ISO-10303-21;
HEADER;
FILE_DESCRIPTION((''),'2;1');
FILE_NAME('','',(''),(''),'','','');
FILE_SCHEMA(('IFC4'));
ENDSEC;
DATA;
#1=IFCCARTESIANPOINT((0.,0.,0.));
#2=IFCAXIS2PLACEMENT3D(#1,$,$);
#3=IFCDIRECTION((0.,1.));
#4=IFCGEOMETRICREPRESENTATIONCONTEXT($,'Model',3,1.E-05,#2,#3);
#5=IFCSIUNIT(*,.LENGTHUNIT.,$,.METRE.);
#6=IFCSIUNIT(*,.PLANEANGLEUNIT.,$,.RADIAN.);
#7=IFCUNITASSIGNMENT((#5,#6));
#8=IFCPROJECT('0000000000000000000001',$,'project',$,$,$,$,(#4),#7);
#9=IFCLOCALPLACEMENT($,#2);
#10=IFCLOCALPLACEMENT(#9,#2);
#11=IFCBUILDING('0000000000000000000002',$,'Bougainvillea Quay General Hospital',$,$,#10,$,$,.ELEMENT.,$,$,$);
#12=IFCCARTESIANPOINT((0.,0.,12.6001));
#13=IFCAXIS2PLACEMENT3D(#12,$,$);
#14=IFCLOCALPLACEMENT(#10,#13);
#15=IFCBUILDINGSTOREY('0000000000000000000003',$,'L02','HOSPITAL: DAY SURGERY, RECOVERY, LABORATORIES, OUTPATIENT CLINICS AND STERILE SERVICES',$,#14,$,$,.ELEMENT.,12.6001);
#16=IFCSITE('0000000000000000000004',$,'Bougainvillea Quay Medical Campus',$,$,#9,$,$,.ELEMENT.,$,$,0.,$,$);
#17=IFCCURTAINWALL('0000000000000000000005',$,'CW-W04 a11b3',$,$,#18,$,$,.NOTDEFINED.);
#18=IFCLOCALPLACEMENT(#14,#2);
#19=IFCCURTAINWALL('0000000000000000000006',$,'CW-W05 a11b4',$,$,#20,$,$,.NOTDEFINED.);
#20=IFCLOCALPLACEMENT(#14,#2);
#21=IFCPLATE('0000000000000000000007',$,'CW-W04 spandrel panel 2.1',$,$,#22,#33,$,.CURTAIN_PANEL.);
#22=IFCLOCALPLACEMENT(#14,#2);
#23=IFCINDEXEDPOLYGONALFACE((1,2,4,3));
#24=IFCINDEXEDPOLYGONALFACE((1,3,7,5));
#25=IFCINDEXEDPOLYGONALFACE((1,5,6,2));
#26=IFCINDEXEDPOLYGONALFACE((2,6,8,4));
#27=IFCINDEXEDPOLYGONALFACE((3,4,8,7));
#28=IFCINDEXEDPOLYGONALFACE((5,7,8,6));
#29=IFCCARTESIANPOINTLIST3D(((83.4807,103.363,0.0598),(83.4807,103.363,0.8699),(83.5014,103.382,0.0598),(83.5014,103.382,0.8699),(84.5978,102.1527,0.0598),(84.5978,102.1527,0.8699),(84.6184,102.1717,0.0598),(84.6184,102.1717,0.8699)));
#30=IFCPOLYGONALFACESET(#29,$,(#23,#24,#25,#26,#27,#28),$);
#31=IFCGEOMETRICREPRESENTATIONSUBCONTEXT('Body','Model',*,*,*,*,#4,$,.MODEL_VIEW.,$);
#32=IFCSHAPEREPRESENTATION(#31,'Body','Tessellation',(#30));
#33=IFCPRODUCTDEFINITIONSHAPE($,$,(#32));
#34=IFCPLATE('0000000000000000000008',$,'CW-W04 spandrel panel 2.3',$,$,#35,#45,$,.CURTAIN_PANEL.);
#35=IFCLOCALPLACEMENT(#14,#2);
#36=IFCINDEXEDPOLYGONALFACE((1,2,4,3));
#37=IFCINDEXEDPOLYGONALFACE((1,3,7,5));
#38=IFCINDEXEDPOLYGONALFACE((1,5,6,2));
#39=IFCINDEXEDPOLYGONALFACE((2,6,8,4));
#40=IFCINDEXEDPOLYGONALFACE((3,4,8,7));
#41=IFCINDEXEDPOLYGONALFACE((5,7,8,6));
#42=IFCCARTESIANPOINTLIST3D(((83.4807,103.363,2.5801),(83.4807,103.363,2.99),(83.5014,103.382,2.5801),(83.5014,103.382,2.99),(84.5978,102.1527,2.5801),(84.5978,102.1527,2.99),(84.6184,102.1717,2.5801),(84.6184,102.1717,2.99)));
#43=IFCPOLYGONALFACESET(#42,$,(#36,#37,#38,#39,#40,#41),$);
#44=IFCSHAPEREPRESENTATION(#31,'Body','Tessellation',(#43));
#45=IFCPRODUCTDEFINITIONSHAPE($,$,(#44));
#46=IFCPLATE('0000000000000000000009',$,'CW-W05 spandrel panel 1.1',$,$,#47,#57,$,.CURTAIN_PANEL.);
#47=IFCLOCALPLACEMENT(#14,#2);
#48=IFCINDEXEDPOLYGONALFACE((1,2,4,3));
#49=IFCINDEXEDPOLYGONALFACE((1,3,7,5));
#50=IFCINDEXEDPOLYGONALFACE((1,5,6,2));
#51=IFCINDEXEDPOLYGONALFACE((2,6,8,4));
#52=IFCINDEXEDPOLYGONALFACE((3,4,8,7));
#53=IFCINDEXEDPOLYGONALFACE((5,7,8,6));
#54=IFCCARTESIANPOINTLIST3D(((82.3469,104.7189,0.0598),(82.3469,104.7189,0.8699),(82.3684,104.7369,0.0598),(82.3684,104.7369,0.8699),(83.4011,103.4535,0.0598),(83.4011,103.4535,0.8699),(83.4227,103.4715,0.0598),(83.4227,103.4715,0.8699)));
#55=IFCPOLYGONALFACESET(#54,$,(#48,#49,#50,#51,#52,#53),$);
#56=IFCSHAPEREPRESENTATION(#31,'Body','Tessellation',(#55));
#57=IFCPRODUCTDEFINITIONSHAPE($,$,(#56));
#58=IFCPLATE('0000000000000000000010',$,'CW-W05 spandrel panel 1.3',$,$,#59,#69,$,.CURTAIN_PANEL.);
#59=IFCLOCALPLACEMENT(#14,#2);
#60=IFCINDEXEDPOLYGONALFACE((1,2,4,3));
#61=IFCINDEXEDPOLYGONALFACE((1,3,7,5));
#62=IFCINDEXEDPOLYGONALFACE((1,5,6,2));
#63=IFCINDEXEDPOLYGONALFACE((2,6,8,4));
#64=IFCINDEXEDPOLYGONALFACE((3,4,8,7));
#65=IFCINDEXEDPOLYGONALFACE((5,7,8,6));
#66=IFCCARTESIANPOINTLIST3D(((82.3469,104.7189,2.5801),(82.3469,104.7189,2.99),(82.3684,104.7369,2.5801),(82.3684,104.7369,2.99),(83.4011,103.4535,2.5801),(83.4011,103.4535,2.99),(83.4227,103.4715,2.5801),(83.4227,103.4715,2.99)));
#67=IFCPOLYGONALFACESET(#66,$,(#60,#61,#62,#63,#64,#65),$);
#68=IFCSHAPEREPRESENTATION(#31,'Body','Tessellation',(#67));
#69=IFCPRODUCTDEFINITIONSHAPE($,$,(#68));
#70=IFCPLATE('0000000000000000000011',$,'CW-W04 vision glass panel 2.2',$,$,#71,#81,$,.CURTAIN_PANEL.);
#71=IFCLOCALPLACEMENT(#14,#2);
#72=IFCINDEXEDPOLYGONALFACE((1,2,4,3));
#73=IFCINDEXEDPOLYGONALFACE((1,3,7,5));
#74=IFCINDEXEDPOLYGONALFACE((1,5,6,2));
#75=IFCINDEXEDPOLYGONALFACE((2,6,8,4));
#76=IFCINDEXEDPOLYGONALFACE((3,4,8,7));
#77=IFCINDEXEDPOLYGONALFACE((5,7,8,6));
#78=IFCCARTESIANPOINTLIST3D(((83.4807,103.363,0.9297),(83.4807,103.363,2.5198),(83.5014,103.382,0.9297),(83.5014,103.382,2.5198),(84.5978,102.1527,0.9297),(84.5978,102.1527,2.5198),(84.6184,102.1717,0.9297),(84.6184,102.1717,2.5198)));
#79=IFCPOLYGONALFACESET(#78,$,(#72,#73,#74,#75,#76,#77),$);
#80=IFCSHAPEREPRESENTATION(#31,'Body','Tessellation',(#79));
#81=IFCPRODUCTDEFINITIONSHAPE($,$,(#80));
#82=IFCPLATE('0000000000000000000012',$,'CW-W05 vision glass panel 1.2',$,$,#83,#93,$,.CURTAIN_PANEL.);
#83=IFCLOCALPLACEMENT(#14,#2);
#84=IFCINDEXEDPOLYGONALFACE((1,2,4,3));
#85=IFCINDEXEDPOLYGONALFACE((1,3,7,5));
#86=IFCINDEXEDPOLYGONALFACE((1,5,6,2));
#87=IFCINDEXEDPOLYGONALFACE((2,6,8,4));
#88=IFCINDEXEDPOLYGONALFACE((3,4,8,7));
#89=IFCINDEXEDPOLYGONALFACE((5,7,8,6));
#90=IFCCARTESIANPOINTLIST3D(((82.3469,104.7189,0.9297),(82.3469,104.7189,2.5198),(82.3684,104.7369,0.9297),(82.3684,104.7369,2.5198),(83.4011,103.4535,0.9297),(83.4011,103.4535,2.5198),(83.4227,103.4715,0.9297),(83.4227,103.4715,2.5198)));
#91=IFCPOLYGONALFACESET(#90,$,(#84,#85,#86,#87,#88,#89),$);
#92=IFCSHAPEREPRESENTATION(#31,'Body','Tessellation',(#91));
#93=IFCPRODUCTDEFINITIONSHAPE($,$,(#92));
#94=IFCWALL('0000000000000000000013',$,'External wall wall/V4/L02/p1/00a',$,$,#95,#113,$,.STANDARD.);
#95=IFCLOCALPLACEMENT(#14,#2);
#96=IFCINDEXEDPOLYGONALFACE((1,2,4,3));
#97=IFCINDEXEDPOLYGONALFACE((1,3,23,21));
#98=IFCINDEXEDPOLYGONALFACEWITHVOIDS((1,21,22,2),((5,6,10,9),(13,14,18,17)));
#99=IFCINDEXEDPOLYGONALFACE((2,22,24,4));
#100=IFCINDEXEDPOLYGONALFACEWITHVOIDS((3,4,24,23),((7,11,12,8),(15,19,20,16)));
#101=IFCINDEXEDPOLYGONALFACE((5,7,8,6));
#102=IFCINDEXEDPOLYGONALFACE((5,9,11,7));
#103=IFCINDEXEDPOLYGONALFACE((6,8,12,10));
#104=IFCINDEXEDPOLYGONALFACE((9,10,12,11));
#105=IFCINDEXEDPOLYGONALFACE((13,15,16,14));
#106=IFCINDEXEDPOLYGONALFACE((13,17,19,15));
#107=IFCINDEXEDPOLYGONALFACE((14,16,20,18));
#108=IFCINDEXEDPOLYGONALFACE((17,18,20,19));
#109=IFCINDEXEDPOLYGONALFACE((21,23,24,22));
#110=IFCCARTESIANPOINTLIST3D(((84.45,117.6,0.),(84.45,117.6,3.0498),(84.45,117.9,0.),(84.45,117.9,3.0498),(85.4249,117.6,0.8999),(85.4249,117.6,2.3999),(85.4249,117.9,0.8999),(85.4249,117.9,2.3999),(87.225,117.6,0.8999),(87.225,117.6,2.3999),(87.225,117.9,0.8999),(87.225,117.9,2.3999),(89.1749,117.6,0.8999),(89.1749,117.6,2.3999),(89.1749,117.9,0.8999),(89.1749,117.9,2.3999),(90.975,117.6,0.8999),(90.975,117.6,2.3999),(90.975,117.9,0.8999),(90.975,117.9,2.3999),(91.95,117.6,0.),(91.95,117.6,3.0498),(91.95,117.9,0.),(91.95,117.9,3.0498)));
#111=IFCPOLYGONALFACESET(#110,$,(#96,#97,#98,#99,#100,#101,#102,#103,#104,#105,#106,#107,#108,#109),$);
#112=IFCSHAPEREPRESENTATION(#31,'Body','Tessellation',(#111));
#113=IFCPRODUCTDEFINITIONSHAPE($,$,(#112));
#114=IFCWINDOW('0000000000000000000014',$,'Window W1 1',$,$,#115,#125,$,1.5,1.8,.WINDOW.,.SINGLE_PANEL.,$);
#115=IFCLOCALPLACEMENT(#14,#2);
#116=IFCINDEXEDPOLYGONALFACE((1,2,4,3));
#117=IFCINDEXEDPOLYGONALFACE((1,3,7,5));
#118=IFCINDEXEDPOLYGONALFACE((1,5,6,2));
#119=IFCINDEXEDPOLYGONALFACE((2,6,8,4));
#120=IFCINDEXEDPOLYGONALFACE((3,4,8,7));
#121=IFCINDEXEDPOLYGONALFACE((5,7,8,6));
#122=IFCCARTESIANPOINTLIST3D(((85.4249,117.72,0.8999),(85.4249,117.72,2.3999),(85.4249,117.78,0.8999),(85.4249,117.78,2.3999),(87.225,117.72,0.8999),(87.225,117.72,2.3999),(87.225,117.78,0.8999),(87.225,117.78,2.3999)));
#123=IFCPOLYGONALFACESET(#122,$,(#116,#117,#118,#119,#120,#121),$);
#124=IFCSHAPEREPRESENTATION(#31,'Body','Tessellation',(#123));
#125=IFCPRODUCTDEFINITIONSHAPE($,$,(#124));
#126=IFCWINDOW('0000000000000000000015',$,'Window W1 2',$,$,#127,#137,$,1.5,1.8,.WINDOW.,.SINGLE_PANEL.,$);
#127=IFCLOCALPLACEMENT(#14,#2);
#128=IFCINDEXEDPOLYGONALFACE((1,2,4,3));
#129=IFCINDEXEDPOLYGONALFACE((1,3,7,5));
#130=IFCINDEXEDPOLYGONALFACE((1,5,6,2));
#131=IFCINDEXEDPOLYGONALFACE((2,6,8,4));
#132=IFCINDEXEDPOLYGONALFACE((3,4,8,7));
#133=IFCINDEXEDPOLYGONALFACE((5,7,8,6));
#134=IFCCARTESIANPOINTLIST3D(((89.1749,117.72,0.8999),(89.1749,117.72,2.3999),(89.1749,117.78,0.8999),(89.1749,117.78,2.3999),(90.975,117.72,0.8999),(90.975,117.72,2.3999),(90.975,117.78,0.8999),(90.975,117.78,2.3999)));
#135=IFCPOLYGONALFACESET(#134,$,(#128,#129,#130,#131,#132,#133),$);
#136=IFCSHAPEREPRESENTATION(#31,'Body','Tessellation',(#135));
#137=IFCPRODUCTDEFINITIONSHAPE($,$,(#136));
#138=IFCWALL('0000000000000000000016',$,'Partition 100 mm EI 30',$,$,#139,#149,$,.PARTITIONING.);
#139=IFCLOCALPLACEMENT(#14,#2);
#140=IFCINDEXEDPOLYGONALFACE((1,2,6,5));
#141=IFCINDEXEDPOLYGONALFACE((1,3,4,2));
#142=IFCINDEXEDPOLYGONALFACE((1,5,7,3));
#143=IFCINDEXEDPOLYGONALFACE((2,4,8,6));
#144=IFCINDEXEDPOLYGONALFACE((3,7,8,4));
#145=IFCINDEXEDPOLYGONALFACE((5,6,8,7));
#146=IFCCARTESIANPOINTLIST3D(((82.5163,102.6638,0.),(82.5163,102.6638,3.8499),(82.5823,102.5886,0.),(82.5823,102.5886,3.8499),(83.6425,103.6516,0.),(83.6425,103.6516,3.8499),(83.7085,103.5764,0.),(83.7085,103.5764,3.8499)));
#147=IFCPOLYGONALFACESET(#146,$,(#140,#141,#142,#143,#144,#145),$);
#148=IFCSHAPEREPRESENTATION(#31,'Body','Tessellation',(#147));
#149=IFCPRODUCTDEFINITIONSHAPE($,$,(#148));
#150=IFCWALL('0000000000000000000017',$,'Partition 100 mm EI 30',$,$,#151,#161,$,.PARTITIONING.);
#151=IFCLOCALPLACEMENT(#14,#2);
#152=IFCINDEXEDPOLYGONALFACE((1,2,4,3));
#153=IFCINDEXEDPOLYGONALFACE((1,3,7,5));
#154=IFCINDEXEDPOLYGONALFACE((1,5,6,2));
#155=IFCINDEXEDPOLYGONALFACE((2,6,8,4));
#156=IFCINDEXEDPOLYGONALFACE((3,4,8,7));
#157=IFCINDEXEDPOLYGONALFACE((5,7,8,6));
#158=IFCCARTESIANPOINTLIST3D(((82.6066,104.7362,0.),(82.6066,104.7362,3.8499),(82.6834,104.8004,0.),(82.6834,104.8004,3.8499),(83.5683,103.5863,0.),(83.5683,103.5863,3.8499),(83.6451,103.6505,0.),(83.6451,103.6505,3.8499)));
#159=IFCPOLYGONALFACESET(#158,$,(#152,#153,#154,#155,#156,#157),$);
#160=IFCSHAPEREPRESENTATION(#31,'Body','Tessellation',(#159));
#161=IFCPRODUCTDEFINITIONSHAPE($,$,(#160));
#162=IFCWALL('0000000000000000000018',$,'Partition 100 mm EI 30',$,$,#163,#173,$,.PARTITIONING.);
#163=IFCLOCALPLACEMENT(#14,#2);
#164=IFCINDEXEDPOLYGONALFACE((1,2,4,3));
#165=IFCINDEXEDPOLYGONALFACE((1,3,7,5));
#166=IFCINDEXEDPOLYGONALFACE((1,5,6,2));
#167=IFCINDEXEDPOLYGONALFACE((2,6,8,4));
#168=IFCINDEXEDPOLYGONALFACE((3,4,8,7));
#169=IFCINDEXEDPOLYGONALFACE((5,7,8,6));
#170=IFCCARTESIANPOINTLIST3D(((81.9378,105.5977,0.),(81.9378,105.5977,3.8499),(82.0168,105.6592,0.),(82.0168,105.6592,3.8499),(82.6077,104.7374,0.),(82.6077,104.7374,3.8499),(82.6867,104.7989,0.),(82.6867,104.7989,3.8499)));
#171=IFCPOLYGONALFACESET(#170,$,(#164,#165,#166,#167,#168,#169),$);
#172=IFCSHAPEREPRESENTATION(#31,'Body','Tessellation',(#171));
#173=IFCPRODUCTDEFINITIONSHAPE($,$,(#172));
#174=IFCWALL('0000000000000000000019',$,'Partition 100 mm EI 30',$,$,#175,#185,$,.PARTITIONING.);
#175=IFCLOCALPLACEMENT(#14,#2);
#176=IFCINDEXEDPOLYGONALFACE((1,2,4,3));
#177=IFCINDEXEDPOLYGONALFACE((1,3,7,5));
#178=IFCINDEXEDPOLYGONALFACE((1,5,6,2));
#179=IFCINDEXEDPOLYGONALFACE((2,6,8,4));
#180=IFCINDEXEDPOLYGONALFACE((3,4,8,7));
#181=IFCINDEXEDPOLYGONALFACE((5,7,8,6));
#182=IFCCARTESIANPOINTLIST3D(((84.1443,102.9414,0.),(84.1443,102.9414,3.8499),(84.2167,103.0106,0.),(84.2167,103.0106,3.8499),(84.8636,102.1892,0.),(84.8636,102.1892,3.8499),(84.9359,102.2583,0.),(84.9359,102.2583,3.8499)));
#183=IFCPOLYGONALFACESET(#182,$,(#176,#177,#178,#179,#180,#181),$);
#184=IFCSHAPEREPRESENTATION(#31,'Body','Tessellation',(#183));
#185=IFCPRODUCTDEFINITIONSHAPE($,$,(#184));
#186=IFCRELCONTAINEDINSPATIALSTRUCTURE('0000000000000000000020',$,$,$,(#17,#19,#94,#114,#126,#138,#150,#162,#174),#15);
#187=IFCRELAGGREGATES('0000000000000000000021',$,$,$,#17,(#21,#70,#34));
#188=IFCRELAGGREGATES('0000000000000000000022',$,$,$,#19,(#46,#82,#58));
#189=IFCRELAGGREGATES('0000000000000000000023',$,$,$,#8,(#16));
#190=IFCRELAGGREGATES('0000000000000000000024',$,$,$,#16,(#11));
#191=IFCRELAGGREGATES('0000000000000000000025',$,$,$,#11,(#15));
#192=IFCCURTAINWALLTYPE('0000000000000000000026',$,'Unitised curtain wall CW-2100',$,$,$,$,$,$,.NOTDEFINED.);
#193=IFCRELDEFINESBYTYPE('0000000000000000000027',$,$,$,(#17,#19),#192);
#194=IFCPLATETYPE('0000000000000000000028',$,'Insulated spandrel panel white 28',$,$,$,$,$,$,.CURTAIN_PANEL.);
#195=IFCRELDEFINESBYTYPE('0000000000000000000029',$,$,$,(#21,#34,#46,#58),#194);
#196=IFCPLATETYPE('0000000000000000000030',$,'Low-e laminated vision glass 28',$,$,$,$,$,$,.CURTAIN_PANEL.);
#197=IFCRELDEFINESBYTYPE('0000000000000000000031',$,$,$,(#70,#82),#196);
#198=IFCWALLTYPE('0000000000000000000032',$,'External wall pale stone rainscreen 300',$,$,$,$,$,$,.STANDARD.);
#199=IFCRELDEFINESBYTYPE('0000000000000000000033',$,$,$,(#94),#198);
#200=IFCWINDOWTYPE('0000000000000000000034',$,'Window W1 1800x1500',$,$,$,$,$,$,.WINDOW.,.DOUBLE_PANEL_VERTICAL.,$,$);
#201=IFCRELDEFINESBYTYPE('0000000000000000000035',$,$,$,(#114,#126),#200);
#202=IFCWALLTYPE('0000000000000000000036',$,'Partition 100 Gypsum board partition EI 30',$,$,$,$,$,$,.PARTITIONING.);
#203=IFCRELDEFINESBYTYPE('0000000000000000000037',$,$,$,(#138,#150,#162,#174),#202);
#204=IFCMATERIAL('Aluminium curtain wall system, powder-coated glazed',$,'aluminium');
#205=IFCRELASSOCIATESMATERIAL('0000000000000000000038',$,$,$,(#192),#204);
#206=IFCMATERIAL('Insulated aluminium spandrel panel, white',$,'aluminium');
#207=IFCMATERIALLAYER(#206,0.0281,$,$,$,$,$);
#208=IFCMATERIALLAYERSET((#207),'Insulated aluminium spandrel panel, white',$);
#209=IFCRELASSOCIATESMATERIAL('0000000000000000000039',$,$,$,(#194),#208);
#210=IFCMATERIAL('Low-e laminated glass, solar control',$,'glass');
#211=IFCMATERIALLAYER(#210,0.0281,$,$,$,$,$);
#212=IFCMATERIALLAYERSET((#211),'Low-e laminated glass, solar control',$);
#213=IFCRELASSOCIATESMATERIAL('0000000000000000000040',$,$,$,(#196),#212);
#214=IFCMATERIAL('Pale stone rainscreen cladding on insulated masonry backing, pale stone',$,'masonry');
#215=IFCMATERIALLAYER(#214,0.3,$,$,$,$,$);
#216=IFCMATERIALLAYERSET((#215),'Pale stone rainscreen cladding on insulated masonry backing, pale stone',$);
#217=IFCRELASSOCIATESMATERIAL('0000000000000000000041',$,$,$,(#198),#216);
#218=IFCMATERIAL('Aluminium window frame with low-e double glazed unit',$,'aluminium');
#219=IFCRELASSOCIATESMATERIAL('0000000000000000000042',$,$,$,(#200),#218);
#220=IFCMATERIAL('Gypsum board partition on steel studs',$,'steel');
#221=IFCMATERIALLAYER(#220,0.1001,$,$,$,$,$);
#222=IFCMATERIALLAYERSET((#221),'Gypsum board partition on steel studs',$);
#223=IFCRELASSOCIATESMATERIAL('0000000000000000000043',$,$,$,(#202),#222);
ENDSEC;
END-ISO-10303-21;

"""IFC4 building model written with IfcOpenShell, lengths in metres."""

from ifc_helpers import new_model, si_unit, direction, frame, frame_2d, origin, origin_2d, place, context, subcontext, project, spatial, rectangle, extrude, material, layer, layer_set, type_object, element, fill, aggregate, save


model = new_model("IFC4")

# Units and contexts
model_context = context("Model", 3, precision=1e-05, world=origin(), true_north=direction((0.0, 1.0)))
body_context = subcontext(model_context, "Body", "Model", "MODEL_VIEW")
ifc_project = project(units=[si_unit("LENGTHUNIT", "METRE"), si_unit("PLANEANGLEUNIT", "RADIAN")], contexts=[model_context])

# Site, building, storey
site_placement = place(None, origin())
site = spatial("IfcSite", under=ifc_project, at=site_placement, Name="Bougainvillea Quay Medical Campus", CompositionType="ELEMENT", RefElevation=0.0)
building_placement = place(site_placement, origin())
building = spatial("IfcBuilding", under=site, at=building_placement, Name="Bougainvillea Quay General Hospital", CompositionType="ELEMENT")
storey_placement = place(building_placement, frame((0.0, 0.0, 12.6001)))
storey = spatial("IfcBuildingStorey", under=building, at=storey_placement, Name="L02", Description="HOSPITAL: DAY SURGERY, RECOVERY, LABORATORIES, OUTPATIENT CLINICS AND STERILE SERVICES", CompositionType="ELEMENT", Elevation=12.6001)

# Curtain wall
ifc_material_1 = material(Name="Aluminium curtain wall system, powder-coated glazed", Category="aluminium")
curtain_wall_type = type_object("IfcCurtainWallType", Name="Unitised curtain wall CW-2100", PredefinedType="NOTDEFINED", material=ifc_material_1)
curtain_wall_1_placement = place(storey_placement, origin())
curtain_wall_1 = element("IfcCurtainWall", 1, at=curtain_wall_1_placement, inside=storey, type_object=curtain_wall_type, Name="CW-W04 a11b3", PredefinedType="NOTDEFINED")

# Curtain wall
curtain_wall_2_placement = place(storey_placement, origin())
curtain_wall_2 = element("IfcCurtainWall", 2, at=curtain_wall_2_placement, inside=storey, type_object=curtain_wall_type, Name="CW-W05 a11b4", PredefinedType="NOTDEFINED")

# Plates
ifc_material_2 = material(Name="Insulated aluminium spandrel panel, white", Category="aluminium")
ifc_layer_1 = layer(ifc_material_2, 0.0281)
ifc_layer_set_1 = layer_set([ifc_layer_1], Name="Insulated aluminium spandrel panel, white")
plate_type_1 = type_object("IfcPlateType", Name="Insulated spandrel panel white 28", PredefinedType="CURTAIN_PANEL", material=ifc_layer_set_1)
plate_1_placement = place(storey_placement, frame((84.0496, 102.7673, 0.0598), z_axis=(0.0, 0.0, 1.0), x_axis=(-0.678224, 0.734855, 0.0)))
plate_1 = element("IfcPlate", 3, at=plate_1_placement, type_object=plate_type_1, Name="CW-W04 spandrel panel 2.1", PredefinedType="CURTAIN_PANEL", context=body_context, shape_type="SweptSolid", body=[
    extrude(rectangle(XDim=1.647, YDim=0.0281, at=origin_2d()), origin(), (0.0, 0.0, 1.0), 0.8101),
])
plate_2_placement = place(storey_placement, frame((84.0496, 102.7673, 2.5801), z_axis=(0.0, 0.0, 1.0), x_axis=(-0.678224, 0.734855, 0.0)))
plate_2 = element("IfcPlate", 4, at=plate_2_placement, type_object=plate_type_1, Name="CW-W04 spandrel panel 2.3", PredefinedType="CURTAIN_PANEL", context=body_context, shape_type="SweptSolid", body=[
    extrude(rectangle(XDim=1.647, YDim=0.0281, at=origin_2d()), origin(), (0.0, 0.0, 1.0), 0.4099),
])
plate_3_placement = place(storey_placement, frame((82.8848, 104.0952, 0.0598), z_axis=(0.0, 0.0, 1.0), x_axis=(-0.640096, 0.768295, 0.0)))
plate_3 = element("IfcPlate", 5, at=plate_3_placement, type_object=plate_type_1, Name="CW-W05 spandrel panel 1.1", PredefinedType="CURTAIN_PANEL", context=body_context, shape_type="SweptSolid", body=[
    extrude(rectangle(XDim=1.647, YDim=0.0281, at=origin_2d()), origin(), (0.0, 0.0, 1.0), 0.8101),
])
plate_4_placement = place(storey_placement, frame((82.8848, 104.0952, 2.5801), z_axis=(0.0, 0.0, 1.0), x_axis=(-0.640096, 0.768295, 0.0)))
plate_4 = element("IfcPlate", 6, at=plate_4_placement, type_object=plate_type_1, Name="CW-W05 spandrel panel 1.3", PredefinedType="CURTAIN_PANEL", context=body_context, shape_type="SweptSolid", body=[
    extrude(rectangle(XDim=1.647, YDim=0.0281, at=origin_2d()), origin(), (0.0, 0.0, 1.0), 0.4099),
])
ifc_material_3 = material(Name="Low-e laminated glass, solar control", Category="glass")
ifc_layer_2 = layer(ifc_material_3, 0.0281)
ifc_layer_set_2 = layer_set([ifc_layer_2], Name="Low-e laminated glass, solar control")
plate_type_2 = type_object("IfcPlateType", Name="Low-e laminated vision glass 28", PredefinedType="CURTAIN_PANEL", material=ifc_layer_set_2)
plate_5_placement = place(storey_placement, frame((84.0496, 102.7673, 0.9297), z_axis=(0.0, 0.0, 1.0), x_axis=(-0.678224, 0.734855, 0.0)))
plate_5 = element("IfcPlate", 7, at=plate_5_placement, type_object=plate_type_2, Name="CW-W04 vision glass panel 2.2", PredefinedType="CURTAIN_PANEL", context=body_context, shape_type="SweptSolid", body=[
    extrude(rectangle(XDim=1.647, YDim=0.0281, at=origin_2d()), origin(), (0.0, 0.0, 1.0), 1.5901),
])
aggregate(curtain_wall_1, [plate_1, plate_5, plate_2])
plate_6_placement = place(storey_placement, frame((82.8848, 104.0952, 0.9297), z_axis=(0.0, 0.0, 1.0), x_axis=(-0.640096, 0.768295, 0.0)))
plate_6 = element("IfcPlate", 8, at=plate_6_placement, type_object=plate_type_2, Name="CW-W05 vision glass panel 1.2", PredefinedType="CURTAIN_PANEL", context=body_context, shape_type="SweptSolid", body=[
    extrude(rectangle(XDim=1.647, YDim=0.0281, at=origin_2d()), origin(), (0.0, 0.0, 1.0), 1.5901),
])
aggregate(curtain_wall_2, [plate_3, plate_6, plate_4])

# Wall, openings, windows
ifc_material_4 = material(Name="Pale stone rainscreen cladding on insulated masonry backing, pale stone", Category="masonry")
ifc_layer_3 = layer(ifc_material_4, 0.3)
ifc_layer_set_3 = layer_set([ifc_layer_3], Name="Pale stone rainscreen cladding on insulated masonry backing, pale stone")
wall_type_1 = type_object("IfcWallType", Name="External wall pale stone rainscreen 300", PredefinedType="STANDARD", material=ifc_layer_set_3)
wall_1_placement = place(storey_placement, frame((84.45, 117.75, 0.0), z_axis=(0.0, 0.0, 1.0), x_axis=(1.0, 0.0, 0.0)))
wall_1 = element("IfcWall", 9, at=wall_1_placement, inside=storey, type_object=wall_type_1, Name="External wall wall/V4/L02/p1/00a", PredefinedType="STANDARD", context=body_context, shape_type="SweptSolid", body=[
    extrude(rectangle(XDim=7.5, YDim=0.3, at=frame_2d((3.75, 0.0))), origin(), (0.0, 0.0, 1.0), 3.0498),
])
opening_1_placement = place(wall_1_placement, frame((0.9751, 0.0, 0.8999)))
opening_1 = element("IfcOpeningElement", 10, at=opening_1_placement, cuts=wall_1, PredefinedType="OPENING", context=body_context, shape_type="SweptSolid", body=[
    extrude(rectangle(XDim=1.8, YDim=1.5, at=frame_2d((0.8999, 0.75))), frame((0.0, 0.1599, 0.0), z_axis=(0.0, -1.0, 0.0), x_axis=(1.0, 0.0, 0.0)), (0.0, 0.0, 1.0), 0.3201),
])
opening_2_placement = place(wall_1_placement, frame((4.7251, 0.0, 0.8999)))
opening_2 = element("IfcOpeningElement", 11, at=opening_2_placement, cuts=wall_1, PredefinedType="OPENING", context=body_context, shape_type="SweptSolid", body=[
    extrude(rectangle(XDim=1.8, YDim=1.5, at=frame_2d((0.8999, 0.75))), frame((0.0, 0.1599, 0.0), z_axis=(0.0, -1.0, 0.0), x_axis=(1.0, 0.0, 0.0)), (0.0, 0.0, 1.0), 0.3201),
])
ifc_material_5 = material(Name="Aluminium window frame with low-e double glazed unit", Category="aluminium")
window_type = type_object("IfcWindowType", Name="Window W1 1800x1500", PartitioningType="DOUBLE_PANEL_VERTICAL", PredefinedType="WINDOW", material=ifc_material_5)
window_1_placement = place(opening_1_placement, origin())
window_1 = element("IfcWindow", 12, at=window_1_placement, inside=storey, type_object=window_type, Name="Window W1 1", OverallHeight=1.5, OverallWidth=1.8, PartitioningType="SINGLE_PANEL", PredefinedType="WINDOW", context=body_context, shape_type="SweptSolid", body=[
    extrude(rectangle(XDim=1.8, YDim=1.5, at=frame_2d((0.8999, 0.75))), frame((0.0, 0.03, 0.0), z_axis=(0.0, -1.0, 0.0), x_axis=(1.0, 0.0, 0.0)), (0.0, 0.0, 1.0), 0.0601),
])
fill(opening_1, window_1)
window_2_placement = place(opening_2_placement, origin())
window_2 = element("IfcWindow", 13, at=window_2_placement, inside=storey, type_object=window_type, Name="Window W1 2", OverallHeight=1.5, OverallWidth=1.8, PartitioningType="SINGLE_PANEL", PredefinedType="WINDOW", context=body_context, shape_type="SweptSolid", body=[
    extrude(rectangle(XDim=1.8, YDim=1.5, at=frame_2d((0.8999, 0.75))), frame((0.0, 0.03, 0.0), z_axis=(0.0, -1.0, 0.0), x_axis=(1.0, 0.0, 0.0)), (0.0, 0.0, 1.0), 0.0601),
])
fill(opening_2, window_2)

# Walls
ifc_material_6 = material(Name="Gypsum board partition on steel studs", Category="steel")
ifc_layer_4 = layer(ifc_material_6, 0.1001)
ifc_layer_set_4 = layer_set([ifc_layer_4], Name="Gypsum board partition on steel studs")
wall_type_2 = type_object("IfcWallType", Name="Partition 100 Gypsum board partition EI 30", PredefinedType="PARTITIONING", material=ifc_layer_set_4)
wall_2_placement = place(storey_placement, frame((82.5493, 102.6262, 0.0), z_axis=(0.0, 0.0, 1.0), x_axis=(0.751799, 0.659393, 0.0)))
element("IfcWall", 14, at=wall_2_placement, inside=storey, type_object=wall_type_2, Name="Partition 100 mm EI 30", PredefinedType="PARTITIONING", context=body_context, shape_type="SweptSolid", body=[
    extrude(rectangle(XDim=1.498, YDim=0.1001, at=frame_2d((0.749, 0.0))), origin(), (0.0, 0.0, 1.0), 3.8499),
])
wall_3_placement = place(storey_placement, frame((82.645, 104.7683, 0.0), z_axis=(0.0, 0.0, 1.0), x_axis=(0.641529, -0.767099, 0.0)))
element("IfcWall", 15, at=wall_3_placement, inside=storey, type_object=wall_type_2, Name="Partition 100 mm EI 30", PredefinedType="PARTITIONING", context=body_context, shape_type="SweptSolid", body=[
    extrude(rectangle(XDim=1.499, YDim=0.1001, at=frame_2d((0.7495, 0.0))), origin(), (0.0, 0.0, 1.0), 3.8499),
])
wall_4_placement = place(storey_placement, frame((81.9773, 105.6284, 0.0), z_axis=(0.0, 0.0, 1.0), x_axis=(0.614375, -0.789015, 0.0)))
element("IfcWall", 16, at=wall_4_placement, inside=storey, type_object=wall_type_2, Name="Partition 100 mm EI 30", PredefinedType="PARTITIONING", context=body_context, shape_type="SweptSolid", body=[
    extrude(rectangle(XDim=1.0903, YDim=0.1001, at=frame_2d((0.5452, 0.0))), origin(), (0.0, 0.0, 1.0), 3.8499),
])
wall_5_placement = place(storey_placement, frame((84.1804, 102.9761, 0.0), z_axis=(0.0, 0.0, 1.0), x_axis=(0.691095, -0.722764, 0.0)))
element("IfcWall", 17, at=wall_5_placement, inside=storey, type_object=wall_type_2, Name="Partition 100 mm EI 30", PredefinedType="PARTITIONING", context=body_context, shape_type="SweptSolid", body=[
    extrude(rectangle(XDim=1.0408, YDim=0.1001, at=frame_2d((0.5205, 0.0))), origin(), (0.0, 0.0, 1.0), 3.8499),
])

save(model, "model.ifc")
